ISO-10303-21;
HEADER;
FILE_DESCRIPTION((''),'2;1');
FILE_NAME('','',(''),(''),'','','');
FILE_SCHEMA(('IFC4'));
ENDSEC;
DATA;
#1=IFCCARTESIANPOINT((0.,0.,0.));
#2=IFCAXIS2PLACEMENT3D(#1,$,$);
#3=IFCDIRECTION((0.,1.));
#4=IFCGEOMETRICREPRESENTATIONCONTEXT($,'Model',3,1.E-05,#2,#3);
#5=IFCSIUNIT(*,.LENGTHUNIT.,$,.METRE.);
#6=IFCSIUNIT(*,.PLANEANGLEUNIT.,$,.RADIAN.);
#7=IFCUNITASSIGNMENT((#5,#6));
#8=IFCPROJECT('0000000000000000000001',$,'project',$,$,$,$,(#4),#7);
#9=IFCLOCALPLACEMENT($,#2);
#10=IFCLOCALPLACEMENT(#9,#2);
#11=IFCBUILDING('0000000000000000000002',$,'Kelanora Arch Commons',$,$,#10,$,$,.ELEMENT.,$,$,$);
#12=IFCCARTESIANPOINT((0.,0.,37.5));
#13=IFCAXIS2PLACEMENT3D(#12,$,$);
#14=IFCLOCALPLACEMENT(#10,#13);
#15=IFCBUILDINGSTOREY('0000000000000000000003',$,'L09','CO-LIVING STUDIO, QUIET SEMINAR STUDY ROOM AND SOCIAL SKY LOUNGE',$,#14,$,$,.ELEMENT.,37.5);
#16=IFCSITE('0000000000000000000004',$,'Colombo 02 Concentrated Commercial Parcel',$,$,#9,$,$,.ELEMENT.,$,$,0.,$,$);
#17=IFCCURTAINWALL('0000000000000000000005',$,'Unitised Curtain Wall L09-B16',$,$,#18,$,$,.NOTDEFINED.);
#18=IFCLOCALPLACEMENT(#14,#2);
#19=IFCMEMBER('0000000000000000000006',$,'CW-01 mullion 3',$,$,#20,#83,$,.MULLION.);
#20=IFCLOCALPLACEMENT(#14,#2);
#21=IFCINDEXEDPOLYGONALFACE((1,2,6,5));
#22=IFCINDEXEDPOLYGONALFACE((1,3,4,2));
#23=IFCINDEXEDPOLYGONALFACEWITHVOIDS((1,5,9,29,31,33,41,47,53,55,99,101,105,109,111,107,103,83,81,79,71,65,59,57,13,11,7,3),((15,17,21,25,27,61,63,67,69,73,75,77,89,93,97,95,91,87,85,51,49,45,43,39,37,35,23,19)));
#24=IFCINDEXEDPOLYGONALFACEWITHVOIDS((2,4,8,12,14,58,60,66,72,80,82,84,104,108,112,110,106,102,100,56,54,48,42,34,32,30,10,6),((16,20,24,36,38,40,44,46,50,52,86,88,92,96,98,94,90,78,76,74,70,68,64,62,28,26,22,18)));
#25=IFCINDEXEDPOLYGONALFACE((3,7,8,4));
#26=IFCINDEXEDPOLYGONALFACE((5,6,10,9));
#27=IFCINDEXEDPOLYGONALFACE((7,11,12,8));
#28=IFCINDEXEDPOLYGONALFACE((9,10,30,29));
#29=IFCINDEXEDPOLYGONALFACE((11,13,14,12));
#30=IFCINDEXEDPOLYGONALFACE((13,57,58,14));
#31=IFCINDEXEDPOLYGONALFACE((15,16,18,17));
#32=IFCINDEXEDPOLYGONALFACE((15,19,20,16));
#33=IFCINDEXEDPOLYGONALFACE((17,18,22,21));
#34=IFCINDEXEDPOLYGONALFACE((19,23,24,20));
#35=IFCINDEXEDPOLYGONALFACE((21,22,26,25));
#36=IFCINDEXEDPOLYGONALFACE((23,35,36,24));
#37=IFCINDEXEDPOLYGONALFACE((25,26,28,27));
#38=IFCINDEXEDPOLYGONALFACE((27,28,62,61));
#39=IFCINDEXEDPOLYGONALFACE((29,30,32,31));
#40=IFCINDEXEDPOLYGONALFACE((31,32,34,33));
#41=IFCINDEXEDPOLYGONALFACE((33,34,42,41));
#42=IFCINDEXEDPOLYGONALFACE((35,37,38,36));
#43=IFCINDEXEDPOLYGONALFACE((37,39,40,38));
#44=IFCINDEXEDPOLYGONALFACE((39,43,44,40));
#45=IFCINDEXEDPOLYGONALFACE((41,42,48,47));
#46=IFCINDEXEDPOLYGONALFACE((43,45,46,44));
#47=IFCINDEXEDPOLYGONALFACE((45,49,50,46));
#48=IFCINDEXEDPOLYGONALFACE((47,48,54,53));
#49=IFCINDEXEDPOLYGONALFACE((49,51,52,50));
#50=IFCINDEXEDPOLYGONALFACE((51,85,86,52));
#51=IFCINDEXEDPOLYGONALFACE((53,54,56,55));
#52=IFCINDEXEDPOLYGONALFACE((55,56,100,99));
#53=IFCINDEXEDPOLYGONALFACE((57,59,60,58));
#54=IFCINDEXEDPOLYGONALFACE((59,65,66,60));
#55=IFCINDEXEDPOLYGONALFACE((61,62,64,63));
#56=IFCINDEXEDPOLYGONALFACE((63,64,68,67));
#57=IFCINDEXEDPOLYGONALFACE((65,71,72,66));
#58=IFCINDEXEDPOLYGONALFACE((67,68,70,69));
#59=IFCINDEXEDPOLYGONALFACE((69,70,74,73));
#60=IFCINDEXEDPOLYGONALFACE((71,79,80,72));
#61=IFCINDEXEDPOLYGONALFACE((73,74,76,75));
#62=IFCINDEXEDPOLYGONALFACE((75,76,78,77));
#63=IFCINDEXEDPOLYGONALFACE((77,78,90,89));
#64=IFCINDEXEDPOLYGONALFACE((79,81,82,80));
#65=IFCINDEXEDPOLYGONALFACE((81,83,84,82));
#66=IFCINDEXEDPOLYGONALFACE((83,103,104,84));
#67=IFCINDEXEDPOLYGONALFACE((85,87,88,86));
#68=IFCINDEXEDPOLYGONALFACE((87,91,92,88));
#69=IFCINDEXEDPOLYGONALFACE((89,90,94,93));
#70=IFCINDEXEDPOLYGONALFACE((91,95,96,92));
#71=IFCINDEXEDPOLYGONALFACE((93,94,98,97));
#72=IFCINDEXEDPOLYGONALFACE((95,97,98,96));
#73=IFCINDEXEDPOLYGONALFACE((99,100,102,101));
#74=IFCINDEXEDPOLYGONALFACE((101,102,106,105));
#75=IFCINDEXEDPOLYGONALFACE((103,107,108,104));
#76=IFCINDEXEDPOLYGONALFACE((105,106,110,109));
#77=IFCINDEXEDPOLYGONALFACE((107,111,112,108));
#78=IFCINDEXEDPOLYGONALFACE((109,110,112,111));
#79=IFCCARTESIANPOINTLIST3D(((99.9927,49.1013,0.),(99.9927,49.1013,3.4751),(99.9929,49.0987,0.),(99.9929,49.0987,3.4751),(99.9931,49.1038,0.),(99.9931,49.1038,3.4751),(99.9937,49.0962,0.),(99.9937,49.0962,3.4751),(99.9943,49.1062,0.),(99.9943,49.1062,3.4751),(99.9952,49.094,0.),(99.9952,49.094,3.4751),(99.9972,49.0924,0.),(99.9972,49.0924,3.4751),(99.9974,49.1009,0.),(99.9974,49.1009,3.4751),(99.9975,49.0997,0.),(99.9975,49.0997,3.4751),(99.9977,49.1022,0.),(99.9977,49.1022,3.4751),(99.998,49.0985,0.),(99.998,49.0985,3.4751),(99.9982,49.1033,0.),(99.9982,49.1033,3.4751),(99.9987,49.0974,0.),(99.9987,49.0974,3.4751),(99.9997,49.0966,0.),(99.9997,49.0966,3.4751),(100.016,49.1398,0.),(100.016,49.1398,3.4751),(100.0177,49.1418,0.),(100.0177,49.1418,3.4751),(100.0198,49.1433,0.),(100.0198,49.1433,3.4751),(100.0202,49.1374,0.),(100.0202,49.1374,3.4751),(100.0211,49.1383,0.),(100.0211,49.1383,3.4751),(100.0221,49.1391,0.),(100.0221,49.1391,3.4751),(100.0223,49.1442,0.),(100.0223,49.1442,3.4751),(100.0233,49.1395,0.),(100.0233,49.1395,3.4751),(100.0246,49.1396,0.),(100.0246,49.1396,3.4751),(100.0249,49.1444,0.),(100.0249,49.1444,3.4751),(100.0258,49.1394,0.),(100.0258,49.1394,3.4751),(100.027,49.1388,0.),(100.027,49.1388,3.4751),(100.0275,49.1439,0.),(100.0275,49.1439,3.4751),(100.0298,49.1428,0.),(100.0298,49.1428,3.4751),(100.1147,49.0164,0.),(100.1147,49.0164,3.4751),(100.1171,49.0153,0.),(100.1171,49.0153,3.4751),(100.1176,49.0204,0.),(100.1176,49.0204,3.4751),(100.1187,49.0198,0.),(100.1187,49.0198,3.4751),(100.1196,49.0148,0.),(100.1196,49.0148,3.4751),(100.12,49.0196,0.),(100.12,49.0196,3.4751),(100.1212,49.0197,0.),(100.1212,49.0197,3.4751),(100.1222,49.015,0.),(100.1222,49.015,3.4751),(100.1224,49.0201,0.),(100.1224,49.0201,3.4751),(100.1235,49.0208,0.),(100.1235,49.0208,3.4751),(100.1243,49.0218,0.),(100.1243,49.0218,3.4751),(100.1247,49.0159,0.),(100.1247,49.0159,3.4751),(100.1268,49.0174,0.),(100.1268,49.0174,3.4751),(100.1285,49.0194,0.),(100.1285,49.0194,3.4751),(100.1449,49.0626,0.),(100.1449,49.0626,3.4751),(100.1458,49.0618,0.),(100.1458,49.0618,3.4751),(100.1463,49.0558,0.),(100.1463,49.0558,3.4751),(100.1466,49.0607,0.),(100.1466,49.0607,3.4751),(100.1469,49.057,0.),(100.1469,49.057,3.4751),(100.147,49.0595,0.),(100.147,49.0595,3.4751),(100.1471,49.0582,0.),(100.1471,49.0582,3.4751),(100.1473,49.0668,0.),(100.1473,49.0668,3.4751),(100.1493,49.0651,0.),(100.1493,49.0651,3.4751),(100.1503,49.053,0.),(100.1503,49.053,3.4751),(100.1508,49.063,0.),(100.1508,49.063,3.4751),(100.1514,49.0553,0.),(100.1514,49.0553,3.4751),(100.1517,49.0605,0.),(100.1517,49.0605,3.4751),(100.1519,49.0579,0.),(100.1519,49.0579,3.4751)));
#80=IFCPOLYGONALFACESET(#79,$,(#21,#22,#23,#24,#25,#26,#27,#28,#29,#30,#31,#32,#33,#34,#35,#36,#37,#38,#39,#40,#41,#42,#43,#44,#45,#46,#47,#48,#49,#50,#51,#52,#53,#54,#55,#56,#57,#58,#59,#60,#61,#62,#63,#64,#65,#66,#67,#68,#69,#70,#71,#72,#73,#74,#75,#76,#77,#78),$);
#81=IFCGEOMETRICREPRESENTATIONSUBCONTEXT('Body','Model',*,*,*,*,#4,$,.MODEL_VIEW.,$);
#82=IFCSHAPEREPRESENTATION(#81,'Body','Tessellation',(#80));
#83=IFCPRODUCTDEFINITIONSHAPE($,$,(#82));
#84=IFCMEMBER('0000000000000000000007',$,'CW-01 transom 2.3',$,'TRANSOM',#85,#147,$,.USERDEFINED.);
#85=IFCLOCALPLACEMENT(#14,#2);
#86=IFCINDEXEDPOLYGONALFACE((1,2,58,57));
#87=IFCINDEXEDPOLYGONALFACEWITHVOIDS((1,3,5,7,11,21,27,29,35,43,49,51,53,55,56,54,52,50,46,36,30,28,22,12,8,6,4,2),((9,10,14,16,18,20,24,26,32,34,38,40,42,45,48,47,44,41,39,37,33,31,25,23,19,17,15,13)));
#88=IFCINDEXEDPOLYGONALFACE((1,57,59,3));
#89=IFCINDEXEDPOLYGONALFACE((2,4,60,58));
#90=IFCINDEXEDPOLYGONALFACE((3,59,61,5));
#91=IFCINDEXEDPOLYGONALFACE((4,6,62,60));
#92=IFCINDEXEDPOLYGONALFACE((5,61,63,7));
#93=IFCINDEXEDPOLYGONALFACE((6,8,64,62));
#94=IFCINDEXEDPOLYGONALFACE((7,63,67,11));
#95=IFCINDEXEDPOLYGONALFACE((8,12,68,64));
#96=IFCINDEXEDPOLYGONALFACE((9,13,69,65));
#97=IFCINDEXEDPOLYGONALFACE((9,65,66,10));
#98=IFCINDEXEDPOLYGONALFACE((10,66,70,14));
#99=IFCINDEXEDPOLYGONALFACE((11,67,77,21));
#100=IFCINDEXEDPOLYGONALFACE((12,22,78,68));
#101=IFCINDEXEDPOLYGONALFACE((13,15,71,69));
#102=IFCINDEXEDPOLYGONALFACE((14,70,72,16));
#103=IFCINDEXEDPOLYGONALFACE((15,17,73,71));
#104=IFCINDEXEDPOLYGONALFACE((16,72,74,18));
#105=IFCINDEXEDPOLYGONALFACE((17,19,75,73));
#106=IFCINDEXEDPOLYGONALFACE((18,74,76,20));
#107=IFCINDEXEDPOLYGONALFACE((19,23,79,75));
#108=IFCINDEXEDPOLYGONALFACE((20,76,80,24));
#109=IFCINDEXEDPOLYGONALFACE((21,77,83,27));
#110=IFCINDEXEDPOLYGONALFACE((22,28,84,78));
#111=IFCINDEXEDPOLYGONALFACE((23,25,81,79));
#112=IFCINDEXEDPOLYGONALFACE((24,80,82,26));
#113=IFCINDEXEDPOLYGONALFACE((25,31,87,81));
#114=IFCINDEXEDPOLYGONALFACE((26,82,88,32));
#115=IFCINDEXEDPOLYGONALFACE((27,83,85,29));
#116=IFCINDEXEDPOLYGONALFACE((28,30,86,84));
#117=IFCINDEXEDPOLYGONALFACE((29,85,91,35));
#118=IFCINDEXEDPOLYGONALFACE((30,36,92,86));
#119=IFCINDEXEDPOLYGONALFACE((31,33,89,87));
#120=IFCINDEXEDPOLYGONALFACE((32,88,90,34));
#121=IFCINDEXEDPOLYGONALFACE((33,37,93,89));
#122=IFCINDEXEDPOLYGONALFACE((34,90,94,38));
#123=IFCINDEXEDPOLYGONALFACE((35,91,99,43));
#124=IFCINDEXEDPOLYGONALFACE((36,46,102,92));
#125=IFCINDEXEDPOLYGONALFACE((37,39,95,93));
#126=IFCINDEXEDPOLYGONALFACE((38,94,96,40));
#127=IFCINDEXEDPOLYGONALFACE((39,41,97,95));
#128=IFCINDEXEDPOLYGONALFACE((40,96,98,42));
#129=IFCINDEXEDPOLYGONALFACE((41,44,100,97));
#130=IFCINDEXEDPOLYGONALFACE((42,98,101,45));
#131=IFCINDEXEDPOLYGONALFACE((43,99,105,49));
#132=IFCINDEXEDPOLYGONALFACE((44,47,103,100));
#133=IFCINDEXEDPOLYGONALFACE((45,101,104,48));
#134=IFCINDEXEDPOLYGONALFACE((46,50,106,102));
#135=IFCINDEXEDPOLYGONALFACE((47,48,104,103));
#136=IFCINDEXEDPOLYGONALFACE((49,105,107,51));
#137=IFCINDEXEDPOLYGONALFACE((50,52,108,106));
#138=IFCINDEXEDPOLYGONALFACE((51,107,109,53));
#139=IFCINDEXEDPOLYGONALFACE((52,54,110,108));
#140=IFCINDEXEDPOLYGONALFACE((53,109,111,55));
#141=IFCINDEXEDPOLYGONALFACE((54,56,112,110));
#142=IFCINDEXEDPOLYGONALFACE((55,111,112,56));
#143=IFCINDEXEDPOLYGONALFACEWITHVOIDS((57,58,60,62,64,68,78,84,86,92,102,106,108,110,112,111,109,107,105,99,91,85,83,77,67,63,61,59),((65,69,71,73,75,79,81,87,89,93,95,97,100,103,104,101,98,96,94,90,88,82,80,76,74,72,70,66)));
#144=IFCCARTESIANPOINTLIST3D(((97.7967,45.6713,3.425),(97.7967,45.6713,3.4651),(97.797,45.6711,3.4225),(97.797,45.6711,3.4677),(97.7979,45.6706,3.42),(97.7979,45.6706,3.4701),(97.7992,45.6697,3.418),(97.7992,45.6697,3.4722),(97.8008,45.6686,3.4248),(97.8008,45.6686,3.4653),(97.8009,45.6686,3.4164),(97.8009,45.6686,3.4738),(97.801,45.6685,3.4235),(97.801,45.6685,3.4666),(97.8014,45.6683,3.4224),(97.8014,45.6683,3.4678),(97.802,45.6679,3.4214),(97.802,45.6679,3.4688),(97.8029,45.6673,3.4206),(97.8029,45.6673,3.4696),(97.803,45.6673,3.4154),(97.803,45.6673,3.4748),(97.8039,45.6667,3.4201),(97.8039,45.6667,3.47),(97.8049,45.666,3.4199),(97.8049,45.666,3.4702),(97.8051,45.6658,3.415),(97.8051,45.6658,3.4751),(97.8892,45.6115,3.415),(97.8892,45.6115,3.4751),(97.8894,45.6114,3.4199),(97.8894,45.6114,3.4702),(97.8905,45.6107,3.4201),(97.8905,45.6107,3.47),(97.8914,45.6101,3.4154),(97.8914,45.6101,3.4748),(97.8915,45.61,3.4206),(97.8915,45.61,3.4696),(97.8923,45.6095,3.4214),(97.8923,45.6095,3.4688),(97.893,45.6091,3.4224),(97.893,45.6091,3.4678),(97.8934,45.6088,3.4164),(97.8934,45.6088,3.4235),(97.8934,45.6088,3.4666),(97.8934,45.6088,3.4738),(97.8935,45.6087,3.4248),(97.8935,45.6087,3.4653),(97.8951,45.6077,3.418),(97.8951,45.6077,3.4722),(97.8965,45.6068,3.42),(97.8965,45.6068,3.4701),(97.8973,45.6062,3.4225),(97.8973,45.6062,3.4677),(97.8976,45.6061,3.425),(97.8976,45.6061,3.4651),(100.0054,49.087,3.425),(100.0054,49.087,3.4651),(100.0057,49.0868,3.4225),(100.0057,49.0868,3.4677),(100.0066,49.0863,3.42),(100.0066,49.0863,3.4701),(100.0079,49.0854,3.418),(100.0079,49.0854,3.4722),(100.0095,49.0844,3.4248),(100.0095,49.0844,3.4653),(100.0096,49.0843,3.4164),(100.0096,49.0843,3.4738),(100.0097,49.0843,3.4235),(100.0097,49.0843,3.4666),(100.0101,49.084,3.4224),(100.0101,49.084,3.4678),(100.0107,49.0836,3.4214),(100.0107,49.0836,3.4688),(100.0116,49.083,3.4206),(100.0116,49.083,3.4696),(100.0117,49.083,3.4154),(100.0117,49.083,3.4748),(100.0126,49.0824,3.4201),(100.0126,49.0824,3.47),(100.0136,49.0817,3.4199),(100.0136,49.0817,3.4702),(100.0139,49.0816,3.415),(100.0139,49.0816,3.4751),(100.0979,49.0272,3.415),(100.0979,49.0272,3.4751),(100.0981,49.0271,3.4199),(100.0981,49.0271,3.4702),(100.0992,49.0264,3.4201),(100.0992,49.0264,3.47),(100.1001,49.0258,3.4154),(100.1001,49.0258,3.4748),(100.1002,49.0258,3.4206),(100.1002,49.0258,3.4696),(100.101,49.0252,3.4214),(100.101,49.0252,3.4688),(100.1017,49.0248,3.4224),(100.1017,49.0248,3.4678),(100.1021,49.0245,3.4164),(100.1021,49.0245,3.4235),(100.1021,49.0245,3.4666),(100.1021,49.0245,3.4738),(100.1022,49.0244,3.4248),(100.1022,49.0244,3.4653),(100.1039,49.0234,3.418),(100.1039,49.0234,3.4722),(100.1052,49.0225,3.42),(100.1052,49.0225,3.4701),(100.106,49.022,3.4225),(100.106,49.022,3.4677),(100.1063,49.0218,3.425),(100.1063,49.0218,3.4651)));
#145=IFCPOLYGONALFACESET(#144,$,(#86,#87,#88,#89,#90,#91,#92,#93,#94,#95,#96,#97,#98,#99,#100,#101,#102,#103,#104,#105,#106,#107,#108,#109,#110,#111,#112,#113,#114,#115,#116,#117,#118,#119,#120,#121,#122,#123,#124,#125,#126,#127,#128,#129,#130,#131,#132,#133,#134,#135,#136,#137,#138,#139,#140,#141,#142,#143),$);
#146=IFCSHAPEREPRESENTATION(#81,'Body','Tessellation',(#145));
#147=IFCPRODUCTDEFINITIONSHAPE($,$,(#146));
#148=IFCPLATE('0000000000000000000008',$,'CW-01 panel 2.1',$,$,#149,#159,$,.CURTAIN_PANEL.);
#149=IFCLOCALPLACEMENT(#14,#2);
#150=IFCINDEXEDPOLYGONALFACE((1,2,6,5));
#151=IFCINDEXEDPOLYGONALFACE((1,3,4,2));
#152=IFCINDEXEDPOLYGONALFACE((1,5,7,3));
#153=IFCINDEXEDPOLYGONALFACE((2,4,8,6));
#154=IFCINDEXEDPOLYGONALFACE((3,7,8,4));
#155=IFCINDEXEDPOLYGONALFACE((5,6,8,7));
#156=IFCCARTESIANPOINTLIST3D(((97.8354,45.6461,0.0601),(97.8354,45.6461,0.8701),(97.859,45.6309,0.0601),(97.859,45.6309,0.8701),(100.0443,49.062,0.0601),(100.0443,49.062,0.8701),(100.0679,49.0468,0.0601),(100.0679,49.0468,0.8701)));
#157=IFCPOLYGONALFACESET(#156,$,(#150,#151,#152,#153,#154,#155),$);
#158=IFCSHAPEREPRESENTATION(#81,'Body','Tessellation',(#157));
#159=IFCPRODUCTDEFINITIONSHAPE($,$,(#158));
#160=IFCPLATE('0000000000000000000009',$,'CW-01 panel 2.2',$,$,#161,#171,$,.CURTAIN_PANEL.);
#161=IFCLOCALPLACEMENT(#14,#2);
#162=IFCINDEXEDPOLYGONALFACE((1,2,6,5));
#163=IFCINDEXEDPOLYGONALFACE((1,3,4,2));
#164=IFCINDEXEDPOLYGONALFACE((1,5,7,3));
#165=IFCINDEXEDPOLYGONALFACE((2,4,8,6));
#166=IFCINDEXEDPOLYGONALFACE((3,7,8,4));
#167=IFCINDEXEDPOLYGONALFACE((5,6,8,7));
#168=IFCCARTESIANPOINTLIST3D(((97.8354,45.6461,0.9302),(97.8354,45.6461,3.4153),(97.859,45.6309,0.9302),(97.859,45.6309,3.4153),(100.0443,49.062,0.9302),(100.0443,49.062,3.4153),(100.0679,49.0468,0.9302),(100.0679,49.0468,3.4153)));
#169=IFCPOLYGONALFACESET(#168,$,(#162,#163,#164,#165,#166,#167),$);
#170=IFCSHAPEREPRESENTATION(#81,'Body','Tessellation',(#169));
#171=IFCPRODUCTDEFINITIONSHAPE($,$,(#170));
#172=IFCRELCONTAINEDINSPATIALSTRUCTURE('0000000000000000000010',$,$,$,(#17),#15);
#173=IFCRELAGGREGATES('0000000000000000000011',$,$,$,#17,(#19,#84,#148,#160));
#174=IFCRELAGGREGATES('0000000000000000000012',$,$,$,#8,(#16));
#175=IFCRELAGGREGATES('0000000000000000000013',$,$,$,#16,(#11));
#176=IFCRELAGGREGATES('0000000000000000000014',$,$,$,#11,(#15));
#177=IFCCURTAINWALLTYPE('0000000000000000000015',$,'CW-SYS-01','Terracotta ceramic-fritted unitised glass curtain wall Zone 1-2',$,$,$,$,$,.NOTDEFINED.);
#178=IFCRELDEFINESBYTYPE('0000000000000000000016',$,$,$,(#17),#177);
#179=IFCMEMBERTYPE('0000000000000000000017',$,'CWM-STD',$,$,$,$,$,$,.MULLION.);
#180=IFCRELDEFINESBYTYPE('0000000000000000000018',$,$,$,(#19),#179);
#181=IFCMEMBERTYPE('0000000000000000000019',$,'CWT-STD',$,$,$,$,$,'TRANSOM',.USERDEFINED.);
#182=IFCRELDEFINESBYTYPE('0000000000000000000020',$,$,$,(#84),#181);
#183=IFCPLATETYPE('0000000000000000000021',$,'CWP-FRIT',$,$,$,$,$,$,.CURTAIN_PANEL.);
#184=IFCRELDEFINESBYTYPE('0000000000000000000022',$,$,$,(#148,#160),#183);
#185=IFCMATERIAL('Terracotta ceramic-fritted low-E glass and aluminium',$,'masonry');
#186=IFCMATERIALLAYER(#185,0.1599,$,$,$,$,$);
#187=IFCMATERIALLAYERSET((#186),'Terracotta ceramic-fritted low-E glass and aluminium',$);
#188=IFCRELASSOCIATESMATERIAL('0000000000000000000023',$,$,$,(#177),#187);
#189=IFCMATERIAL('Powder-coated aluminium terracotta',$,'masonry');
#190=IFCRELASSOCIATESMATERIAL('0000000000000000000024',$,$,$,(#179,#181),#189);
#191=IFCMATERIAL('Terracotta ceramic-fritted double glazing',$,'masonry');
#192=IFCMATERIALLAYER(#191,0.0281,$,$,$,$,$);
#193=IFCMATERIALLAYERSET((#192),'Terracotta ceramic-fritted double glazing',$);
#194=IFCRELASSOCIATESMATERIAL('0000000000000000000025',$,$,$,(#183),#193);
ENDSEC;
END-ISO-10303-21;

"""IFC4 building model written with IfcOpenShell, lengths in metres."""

from ifc_helpers import new_model, si_unit, direction, frame, origin, origin_2d, place, context, subcontext, project, spatial, rectangle, hollow_rectangle, extrude, source, transform, mapped, material, layer, layer_set, material_profile, profile_set, type_object, element, aggregate, save


model = new_model("IFC4")

# Units and contexts
model_context = context("Model", 3, precision=1e-05, world=origin(), true_north=direction((0.0, 1.0)))
body_context = subcontext(model_context, "Body", "Model", "MODEL_VIEW")
ifc_project = project(units=[si_unit("LENGTHUNIT", "METRE"), si_unit("PLANEANGLEUNIT", "RADIAN")], contexts=[model_context])

# Site, building, storey
site_placement = place(None, origin())
site = spatial("IfcSite", under=ifc_project, at=site_placement, Name="Colombo 02 Concentrated Commercial Parcel", CompositionType="ELEMENT", RefElevation=0.0)
building_placement = place(site_placement, origin())
building = spatial("IfcBuilding", under=site, at=building_placement, Name="Kelanora Arch Commons", CompositionType="ELEMENT")
storey_placement = place(building_placement, frame((0.0, 0.0, 37.5)))
storey = spatial("IfcBuildingStorey", under=building, at=storey_placement, Name="L09", Description="CO-LIVING STUDIO, QUIET SEMINAR STUDY ROOM AND SOCIAL SKY LOUNGE", CompositionType="ELEMENT", Elevation=37.5)

# Curtain wall, members, plates
ifc_material_1 = material(Name="Terracotta ceramic-fritted low-E glass and aluminium", Category="masonry")
ifc_layer_1 = layer(ifc_material_1, 0.1599)
ifc_layer_set_1 = layer_set([ifc_layer_1], Name="Terracotta ceramic-fritted low-E glass and aluminium")
curtain_wall_type = type_object("IfcCurtainWallType", Name="CW-SYS-01", Description="Terracotta ceramic-fritted unitised glass curtain wall Zone 1-2", PredefinedType="NOTDEFINED", material=ifc_layer_set_1)
curtain_wall_placement = place(storey_placement, origin())
curtain_wall = element("IfcCurtainWall", 1, at=curtain_wall_placement, inside=storey, type_object=curtain_wall_type, Name="Unitised Curtain Wall L09-B16", PredefinedType="NOTDEFINED")
ifc_material_2 = material(Name="Powder-coated aluminium terracotta", Category="masonry")
ifc_material_profile_1 = material_profile(ifc_material_2, hollow_rectangle(XDim=0.1599, YDim=0.0601, WallThickness=0.0049, InnerFilletRadius=0.0049, OuterFilletRadius=0.01, at=origin_2d()), Name="CWM160x60")
ifc_profile_set_1 = profile_set([ifc_material_profile_1], Name="Powder-coated aluminium terracotta")
member_type_1 = type_object("IfcMemberType", Name="CWM-STD", PredefinedType="MULLION", material=ifc_profile_set_1)
member_1_placement = place(storey_placement, frame((100.0723, 49.0796, 0.0), z_axis=(0.0, 0.0, 1.0), x_axis=(-0.83973, 0.543004, 0.0)))
member_1 = element("IfcMember", 2, at=member_1_placement, type_object=member_type_1, Name="CW-01 mullion 3", PredefinedType="MULLION", context=body_context, shape_type="SweptSolid", body=[
    extrude(hollow_rectangle(XDim=0.1599, YDim=0.0601, WallThickness=0.0049, InnerFilletRadius=0.0049, OuterFilletRadius=0.01, at=origin_2d()), origin(), (0.0, 0.0, 1.0), 3.4751),
])
ifc_material_profile_2 = material_profile(ifc_material_2, hollow_rectangle(XDim=0.1201, YDim=0.0601, WallThickness=0.0049, InnerFilletRadius=0.0049, OuterFilletRadius=0.01, at=origin_2d()), Name="CWT120x60")
ifc_profile_set_2 = profile_set([ifc_material_profile_2], Name="Powder-coated aluminium terracotta")
member_type_2 = type_object("IfcMemberType", Name="CWT-STD", ElementType="TRANSOM", PredefinedType="USERDEFINED", material=ifc_profile_set_2)
member_2_placement = place(storey_placement, frame((97.8472, 45.6387, 3.4451), z_axis=(0.542997, 0.839734, 0.0), x_axis=(-0.839734, 0.542997, 0.0)))
member_2 = element("IfcMember", 3, at=member_2_placement, type_object=member_type_2, Name="CW-01 transom 2.3", ObjectType="TRANSOM", PredefinedType="USERDEFINED", context=body_context, shape_type="SweptSolid", body=[
    extrude(hollow_rectangle(XDim=0.1201, YDim=0.0601, WallThickness=0.0049, InnerFilletRadius=0.0049, OuterFilletRadius=0.01, at=origin_2d()), origin(), (0.0, 0.0, 1.0), 4.0676),
])
ifc_material_3 = material(Name="Terracotta ceramic-fritted double glazing", Category="masonry")
ifc_layer_2 = layer(ifc_material_3, 0.0281)
ifc_layer_set_2 = layer_set([ifc_layer_2], Name="Terracotta ceramic-fritted double glazing")
plate_type = type_object("IfcPlateType", Name="CWP-FRIT", PredefinedType="CURTAIN_PANEL", material=ifc_layer_set_2)
shared_shape_1 = source(origin(), body_context, "Body", "SweptSolid", [
    extrude(rectangle(XDim=4.0679, YDim=0.0281, at=origin_2d()), origin(), (0.0, 0.0, 1.0), 0.8101),
])
plate_1_placement = place(storey_placement, frame((98.9517, 47.3464, 0.0601), z_axis=(0.0, 0.0, 1.0), x_axis=(0.543004, 0.83973, 0.0)))
plate_1 = element("IfcPlate", 4, at=plate_1_placement, type_object=plate_type, Name="CW-01 panel 2.1", PredefinedType="CURTAIN_PANEL", context=body_context, shape_type="MappedRepresentation", body=[
    mapped(shared_shape_1, transform((0.0, 0.0, 0.0), scale=1.0)),
])
shared_shape_2 = source(origin(), body_context, "Body", "SweptSolid", [
    extrude(rectangle(XDim=4.0679, YDim=0.0281, at=origin_2d()), origin(), (0.0, 0.0, 1.0), 2.4851),
])
plate_2_placement = place(storey_placement, frame((98.9517, 47.3464, 0.9302), z_axis=(0.0, 0.0, 1.0), x_axis=(0.543004, 0.83973, 0.0)))
plate_2 = element("IfcPlate", 5, at=plate_2_placement, type_object=plate_type, Name="CW-01 panel 2.2", PredefinedType="CURTAIN_PANEL", context=body_context, shape_type="MappedRepresentation", body=[
    mapped(shared_shape_2, transform((0.0, 0.0, 0.0), scale=1.0)),
])
aggregate(curtain_wall, [member_1, member_2, plate_1, plate_2])

save(model, "model.ifc")
